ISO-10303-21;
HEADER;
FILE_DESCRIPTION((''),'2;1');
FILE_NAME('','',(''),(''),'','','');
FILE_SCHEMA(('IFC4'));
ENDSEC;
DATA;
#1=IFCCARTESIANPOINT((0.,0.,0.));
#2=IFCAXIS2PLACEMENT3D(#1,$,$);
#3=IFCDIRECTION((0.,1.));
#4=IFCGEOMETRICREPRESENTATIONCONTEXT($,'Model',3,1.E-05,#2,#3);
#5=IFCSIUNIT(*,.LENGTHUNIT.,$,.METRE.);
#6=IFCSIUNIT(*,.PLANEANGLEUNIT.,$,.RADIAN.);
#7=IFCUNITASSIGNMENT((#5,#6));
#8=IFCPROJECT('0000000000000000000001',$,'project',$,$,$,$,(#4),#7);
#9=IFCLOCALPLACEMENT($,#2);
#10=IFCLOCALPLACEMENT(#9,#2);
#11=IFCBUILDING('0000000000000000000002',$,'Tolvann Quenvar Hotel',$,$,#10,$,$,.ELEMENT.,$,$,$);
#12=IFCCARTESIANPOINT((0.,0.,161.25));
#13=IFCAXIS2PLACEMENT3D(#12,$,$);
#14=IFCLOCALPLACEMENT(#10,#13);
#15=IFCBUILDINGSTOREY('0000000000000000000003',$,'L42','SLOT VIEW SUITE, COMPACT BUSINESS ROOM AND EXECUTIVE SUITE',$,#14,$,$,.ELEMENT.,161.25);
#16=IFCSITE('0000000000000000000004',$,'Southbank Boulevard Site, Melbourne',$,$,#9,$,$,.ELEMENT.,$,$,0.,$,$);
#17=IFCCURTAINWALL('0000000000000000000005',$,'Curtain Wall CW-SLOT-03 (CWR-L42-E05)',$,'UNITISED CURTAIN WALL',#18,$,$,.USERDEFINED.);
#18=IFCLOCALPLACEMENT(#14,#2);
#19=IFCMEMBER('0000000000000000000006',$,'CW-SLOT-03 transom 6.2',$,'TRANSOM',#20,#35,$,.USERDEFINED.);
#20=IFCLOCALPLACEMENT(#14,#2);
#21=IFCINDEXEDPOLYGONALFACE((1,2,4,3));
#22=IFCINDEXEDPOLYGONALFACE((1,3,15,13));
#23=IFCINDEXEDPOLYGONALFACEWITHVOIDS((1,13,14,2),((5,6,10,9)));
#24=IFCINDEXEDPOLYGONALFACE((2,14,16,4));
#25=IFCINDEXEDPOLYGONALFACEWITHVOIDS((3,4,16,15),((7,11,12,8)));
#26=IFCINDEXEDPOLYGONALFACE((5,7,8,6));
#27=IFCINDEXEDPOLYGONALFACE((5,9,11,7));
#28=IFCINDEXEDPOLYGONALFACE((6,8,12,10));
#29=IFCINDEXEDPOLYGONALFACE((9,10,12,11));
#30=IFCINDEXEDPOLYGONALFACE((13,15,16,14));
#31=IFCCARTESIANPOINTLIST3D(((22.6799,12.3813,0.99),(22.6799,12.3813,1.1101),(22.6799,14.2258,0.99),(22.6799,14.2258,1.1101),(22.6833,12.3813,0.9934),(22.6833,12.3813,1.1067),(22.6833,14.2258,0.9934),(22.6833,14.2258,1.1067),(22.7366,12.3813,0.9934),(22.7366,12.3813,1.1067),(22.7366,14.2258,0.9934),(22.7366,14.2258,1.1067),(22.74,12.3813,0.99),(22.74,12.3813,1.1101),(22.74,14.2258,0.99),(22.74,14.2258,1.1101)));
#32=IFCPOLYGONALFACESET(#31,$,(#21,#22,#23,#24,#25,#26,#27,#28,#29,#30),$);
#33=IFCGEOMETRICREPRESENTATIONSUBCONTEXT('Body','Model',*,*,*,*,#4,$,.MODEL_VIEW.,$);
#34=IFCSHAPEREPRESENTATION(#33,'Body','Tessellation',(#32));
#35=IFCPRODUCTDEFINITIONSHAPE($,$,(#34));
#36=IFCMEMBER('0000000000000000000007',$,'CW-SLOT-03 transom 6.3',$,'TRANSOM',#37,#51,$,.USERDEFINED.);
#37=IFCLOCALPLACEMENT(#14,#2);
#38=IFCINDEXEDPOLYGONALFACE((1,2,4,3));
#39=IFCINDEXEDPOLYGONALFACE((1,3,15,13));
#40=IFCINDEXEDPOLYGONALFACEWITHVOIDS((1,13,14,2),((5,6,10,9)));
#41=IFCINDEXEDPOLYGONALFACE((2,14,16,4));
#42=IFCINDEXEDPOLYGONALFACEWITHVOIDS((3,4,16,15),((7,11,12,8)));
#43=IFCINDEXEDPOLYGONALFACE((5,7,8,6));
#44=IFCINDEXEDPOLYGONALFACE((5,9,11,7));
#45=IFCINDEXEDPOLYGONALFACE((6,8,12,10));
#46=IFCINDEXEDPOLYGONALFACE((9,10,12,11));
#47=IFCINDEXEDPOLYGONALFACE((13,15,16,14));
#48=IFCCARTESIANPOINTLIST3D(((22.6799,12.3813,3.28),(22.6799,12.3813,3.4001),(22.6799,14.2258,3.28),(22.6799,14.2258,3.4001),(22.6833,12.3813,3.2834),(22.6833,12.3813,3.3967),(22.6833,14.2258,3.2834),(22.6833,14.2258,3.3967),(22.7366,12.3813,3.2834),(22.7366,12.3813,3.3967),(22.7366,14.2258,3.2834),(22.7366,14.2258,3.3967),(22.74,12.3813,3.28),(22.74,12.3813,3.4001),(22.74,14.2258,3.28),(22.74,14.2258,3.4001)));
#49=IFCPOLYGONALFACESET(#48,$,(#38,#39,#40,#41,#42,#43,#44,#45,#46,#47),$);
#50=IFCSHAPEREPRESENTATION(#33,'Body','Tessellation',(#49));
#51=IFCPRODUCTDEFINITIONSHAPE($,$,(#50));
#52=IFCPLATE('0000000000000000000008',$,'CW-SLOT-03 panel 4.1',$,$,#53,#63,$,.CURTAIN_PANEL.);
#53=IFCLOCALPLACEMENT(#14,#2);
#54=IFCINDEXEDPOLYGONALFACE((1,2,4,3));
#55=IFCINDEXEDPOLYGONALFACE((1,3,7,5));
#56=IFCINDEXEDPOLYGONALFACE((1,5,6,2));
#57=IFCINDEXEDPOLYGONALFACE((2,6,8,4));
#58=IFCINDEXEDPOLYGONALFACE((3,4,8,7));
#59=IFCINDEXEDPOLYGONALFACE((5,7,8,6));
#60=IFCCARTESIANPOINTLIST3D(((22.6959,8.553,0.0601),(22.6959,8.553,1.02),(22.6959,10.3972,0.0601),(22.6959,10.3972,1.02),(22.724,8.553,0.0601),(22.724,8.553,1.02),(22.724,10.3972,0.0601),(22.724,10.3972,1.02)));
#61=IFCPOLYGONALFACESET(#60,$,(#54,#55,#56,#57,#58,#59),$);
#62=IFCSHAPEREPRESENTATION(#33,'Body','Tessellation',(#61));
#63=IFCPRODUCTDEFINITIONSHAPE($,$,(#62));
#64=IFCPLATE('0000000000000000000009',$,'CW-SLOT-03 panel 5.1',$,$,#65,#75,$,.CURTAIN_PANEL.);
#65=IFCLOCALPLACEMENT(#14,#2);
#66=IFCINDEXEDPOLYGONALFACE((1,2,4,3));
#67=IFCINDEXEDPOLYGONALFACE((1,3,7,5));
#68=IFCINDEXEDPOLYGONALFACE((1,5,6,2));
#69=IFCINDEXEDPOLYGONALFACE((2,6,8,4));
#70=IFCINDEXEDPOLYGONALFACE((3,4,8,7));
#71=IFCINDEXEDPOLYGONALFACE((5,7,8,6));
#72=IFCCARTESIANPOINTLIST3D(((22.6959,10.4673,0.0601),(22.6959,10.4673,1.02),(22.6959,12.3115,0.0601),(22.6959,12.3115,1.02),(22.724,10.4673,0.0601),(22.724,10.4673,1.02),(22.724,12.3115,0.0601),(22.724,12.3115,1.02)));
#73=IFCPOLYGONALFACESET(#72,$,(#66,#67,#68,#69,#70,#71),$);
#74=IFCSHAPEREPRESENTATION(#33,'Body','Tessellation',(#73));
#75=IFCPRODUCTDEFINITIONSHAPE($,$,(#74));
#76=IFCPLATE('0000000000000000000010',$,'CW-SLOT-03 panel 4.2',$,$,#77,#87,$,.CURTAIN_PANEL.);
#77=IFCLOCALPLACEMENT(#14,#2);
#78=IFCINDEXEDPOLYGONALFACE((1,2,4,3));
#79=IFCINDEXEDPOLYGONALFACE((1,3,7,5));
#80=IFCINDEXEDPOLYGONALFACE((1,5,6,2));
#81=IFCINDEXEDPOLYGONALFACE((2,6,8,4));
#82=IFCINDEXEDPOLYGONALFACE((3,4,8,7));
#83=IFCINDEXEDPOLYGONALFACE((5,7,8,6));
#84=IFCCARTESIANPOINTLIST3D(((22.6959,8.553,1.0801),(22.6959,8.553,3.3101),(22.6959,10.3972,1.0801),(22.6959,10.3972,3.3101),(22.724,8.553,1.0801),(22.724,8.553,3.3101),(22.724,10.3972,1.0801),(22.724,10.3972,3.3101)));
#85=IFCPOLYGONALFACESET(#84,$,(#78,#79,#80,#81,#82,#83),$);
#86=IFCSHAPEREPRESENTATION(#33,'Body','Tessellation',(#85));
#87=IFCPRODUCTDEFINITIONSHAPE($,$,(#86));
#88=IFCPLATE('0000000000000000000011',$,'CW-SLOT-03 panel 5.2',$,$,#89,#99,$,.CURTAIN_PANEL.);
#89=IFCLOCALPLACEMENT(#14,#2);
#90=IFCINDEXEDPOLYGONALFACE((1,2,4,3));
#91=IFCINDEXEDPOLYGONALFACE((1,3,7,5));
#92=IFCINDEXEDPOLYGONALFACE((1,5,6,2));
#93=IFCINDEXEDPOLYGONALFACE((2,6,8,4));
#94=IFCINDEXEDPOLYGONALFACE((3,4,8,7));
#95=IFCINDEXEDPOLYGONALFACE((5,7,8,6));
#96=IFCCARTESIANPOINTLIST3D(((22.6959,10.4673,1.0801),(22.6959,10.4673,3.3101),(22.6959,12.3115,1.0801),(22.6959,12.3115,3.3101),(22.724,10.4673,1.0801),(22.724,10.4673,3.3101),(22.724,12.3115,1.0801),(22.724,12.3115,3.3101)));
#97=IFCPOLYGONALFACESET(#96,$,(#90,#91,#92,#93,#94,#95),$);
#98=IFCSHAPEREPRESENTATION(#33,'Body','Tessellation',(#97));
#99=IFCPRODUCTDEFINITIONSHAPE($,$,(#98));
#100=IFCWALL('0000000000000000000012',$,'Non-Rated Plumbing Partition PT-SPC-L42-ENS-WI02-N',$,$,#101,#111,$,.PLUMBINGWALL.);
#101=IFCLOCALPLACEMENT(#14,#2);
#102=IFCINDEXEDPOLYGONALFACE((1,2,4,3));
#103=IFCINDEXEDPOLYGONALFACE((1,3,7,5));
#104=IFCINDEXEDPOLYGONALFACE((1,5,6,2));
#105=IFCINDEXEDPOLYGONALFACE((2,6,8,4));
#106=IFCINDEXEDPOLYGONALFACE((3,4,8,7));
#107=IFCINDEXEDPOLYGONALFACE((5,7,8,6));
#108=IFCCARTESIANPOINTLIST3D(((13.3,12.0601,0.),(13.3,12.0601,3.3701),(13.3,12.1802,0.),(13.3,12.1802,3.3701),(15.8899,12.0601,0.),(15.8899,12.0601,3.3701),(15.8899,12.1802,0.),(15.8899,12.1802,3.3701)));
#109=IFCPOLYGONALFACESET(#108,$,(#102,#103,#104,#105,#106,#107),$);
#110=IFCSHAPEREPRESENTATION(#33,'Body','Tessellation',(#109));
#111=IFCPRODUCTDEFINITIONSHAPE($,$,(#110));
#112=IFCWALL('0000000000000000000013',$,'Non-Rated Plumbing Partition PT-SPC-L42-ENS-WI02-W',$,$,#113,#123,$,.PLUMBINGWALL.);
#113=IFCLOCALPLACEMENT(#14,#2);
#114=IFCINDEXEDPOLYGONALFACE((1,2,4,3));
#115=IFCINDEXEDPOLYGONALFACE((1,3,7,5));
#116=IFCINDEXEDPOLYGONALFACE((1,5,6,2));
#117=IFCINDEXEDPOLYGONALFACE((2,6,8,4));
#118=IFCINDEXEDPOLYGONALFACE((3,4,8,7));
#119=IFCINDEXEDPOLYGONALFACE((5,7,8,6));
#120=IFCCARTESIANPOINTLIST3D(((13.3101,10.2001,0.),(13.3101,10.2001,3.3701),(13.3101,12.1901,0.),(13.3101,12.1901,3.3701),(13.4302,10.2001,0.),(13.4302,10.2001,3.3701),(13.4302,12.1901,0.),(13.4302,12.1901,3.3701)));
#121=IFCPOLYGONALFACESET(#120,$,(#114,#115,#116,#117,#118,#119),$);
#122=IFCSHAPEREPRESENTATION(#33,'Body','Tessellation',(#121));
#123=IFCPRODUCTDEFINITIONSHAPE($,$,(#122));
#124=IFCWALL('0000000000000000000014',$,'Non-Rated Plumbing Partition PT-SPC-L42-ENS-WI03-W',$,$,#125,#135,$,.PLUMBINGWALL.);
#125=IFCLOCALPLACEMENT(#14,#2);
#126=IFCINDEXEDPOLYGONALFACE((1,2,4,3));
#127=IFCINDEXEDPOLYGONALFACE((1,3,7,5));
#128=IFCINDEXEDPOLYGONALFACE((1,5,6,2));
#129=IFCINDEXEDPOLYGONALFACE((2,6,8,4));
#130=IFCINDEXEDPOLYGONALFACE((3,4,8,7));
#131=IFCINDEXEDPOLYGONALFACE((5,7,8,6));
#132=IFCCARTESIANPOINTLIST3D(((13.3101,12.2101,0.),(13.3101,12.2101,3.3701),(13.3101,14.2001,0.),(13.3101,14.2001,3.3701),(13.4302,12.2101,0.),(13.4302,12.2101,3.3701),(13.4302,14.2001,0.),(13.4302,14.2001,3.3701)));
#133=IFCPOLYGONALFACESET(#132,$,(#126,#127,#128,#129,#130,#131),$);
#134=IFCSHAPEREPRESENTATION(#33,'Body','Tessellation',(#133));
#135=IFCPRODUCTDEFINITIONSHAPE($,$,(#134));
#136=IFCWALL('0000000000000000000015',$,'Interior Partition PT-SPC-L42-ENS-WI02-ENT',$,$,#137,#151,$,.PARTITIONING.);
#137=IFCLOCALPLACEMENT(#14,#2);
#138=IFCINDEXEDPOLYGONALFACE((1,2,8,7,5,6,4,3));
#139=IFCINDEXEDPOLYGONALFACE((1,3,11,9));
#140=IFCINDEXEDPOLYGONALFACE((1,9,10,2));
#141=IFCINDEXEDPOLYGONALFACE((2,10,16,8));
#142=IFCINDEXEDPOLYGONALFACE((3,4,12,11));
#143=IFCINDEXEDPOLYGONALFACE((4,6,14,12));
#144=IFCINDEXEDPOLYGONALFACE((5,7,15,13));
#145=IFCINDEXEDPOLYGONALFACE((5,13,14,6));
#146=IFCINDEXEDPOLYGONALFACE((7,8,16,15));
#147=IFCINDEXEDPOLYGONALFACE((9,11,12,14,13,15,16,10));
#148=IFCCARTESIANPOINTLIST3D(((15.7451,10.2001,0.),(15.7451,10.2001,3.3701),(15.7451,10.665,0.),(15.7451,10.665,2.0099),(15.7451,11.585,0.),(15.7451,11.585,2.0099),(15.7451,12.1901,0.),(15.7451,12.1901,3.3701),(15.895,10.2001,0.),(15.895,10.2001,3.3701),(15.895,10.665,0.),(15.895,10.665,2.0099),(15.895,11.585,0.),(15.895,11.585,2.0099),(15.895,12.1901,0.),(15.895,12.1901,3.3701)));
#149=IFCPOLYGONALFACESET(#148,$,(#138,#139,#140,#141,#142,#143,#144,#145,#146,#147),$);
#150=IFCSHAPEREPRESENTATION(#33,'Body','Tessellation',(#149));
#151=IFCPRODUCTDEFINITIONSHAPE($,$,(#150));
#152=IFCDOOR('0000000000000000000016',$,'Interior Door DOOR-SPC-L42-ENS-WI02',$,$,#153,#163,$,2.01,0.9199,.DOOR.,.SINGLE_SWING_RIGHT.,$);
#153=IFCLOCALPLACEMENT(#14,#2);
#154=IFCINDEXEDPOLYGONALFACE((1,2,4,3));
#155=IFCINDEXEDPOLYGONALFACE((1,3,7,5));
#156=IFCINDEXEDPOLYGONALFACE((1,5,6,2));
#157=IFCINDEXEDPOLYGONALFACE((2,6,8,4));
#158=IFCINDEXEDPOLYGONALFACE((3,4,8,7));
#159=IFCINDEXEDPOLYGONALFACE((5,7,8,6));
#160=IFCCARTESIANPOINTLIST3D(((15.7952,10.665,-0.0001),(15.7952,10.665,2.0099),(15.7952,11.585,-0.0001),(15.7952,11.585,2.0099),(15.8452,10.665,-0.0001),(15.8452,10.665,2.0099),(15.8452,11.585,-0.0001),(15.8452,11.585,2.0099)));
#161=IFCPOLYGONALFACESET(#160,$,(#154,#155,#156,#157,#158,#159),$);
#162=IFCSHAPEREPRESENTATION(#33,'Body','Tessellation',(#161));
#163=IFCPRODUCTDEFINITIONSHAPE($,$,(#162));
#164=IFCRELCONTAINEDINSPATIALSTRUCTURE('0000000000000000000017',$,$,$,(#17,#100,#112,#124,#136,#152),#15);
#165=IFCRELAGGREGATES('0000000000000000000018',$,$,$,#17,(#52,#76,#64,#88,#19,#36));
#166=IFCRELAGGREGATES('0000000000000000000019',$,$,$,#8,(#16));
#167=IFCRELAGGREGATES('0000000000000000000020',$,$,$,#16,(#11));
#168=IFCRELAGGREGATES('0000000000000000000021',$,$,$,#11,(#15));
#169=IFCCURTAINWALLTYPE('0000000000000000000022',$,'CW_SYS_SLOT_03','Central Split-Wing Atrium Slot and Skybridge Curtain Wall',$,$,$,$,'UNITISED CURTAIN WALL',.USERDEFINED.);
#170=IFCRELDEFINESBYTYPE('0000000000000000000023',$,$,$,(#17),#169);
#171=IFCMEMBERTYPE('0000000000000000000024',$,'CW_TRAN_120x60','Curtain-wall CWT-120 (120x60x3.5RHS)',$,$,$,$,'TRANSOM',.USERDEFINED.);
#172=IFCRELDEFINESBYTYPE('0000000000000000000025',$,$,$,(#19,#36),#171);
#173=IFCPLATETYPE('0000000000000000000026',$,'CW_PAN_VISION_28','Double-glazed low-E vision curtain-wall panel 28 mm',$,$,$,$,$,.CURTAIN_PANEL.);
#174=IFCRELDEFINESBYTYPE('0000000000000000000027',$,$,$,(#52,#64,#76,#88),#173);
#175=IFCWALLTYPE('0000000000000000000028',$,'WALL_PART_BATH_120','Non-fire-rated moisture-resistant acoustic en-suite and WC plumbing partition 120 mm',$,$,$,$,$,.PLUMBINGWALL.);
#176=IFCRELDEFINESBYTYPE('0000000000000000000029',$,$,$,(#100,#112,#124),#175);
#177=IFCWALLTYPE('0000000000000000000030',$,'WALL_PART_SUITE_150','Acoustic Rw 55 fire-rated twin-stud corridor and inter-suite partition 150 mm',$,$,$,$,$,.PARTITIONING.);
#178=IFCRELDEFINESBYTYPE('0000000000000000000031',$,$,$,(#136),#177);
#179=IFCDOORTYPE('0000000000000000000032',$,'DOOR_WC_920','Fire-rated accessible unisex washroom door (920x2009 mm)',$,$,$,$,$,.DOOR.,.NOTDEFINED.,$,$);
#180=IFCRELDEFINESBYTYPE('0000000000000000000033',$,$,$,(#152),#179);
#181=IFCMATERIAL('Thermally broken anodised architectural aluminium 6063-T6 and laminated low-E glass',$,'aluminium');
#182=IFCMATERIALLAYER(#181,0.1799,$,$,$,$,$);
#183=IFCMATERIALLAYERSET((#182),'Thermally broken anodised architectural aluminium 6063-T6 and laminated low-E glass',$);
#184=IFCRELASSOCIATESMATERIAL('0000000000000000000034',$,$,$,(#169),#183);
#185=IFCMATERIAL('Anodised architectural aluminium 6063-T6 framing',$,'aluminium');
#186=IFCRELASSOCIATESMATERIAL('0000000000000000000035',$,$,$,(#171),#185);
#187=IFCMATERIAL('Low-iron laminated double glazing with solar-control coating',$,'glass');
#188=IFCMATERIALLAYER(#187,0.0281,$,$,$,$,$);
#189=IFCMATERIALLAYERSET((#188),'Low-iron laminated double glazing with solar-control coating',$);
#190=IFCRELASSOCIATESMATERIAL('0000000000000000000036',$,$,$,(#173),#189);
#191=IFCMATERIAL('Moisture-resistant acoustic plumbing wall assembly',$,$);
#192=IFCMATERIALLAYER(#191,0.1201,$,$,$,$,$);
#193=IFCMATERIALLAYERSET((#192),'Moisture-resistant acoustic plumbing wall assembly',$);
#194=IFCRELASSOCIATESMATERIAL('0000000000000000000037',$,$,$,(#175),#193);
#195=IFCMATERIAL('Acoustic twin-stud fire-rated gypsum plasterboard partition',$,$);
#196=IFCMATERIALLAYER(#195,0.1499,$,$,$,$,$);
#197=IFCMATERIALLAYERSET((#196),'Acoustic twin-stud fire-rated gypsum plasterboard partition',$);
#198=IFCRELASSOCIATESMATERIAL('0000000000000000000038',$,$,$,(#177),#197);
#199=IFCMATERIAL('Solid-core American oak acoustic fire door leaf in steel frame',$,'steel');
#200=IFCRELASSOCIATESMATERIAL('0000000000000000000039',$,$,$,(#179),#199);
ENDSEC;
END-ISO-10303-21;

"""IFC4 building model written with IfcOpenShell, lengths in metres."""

from ifc_helpers import new_model, si_unit, direction, frame, frame_2d, origin, origin_2d, place, context, subcontext, project, spatial, rectangle, hollow_rectangle, extrude, source, transform, mapped, material, layer, layer_set, material_profile, profile_set, type_object, type_shapes, element, fill, aggregate, save


model = new_model("IFC4")

# Units and contexts
model_context = context("Model", 3, precision=1e-05, world=origin(), true_north=direction((0.0, 1.0)))
body_context = subcontext(model_context, "Body", "Model", "MODEL_VIEW")
ifc_project = project(units=[si_unit("LENGTHUNIT", "METRE"), si_unit("PLANEANGLEUNIT", "RADIAN")], contexts=[model_context])

# Site, building, storey
site_placement = place(None, origin())
site = spatial("IfcSite", under=ifc_project, at=site_placement, Name="Southbank Boulevard Site, Melbourne", CompositionType="ELEMENT", RefElevation=0.0)
building_placement = place(site_placement, origin())
building = spatial("IfcBuilding", under=site, at=building_placement, Name="Tolvann Quenvar Hotel", CompositionType="ELEMENT")
storey_placement = place(building_placement, frame((0.0, 0.0, 161.25)))
storey = spatial("IfcBuildingStorey", under=building, at=storey_placement, Name="L42", Description="SLOT VIEW SUITE, COMPACT BUSINESS ROOM AND EXECUTIVE SUITE", CompositionType="ELEMENT", Elevation=161.25)

# Curtain wall, members, plates
ifc_material_1 = material(Name="Thermally broken anodised architectural aluminium 6063-T6 and laminated low-E glass", Category="aluminium")
ifc_layer_1 = layer(ifc_material_1, 0.1799)
ifc_layer_set_1 = layer_set([ifc_layer_1], Name="Thermally broken anodised architectural aluminium 6063-T6 and laminated low-E glass")
curtain_wall_type = type_object("IfcCurtainWallType", Name="CW_SYS_SLOT_03", Description="Central Split-Wing Atrium Slot and Skybridge Curtain Wall", ElementType="UNITISED CURTAIN WALL", PredefinedType="USERDEFINED", material=ifc_layer_set_1)
curtain_wall_placement = place(storey_placement, origin())
curtain_wall = element("IfcCurtainWall", 1, at=curtain_wall_placement, inside=storey, type_object=curtain_wall_type, Name="Curtain Wall CW-SLOT-03 (CWR-L42-E05)", ObjectType="UNITISED CURTAIN WALL", PredefinedType="USERDEFINED")
ifc_material_2 = material(Name="Anodised architectural aluminium 6063-T6 framing", Category="aluminium")
ifc_material_profile_1 = material_profile(ifc_material_2, hollow_rectangle(XDim=0.0601, YDim=0.1201, WallThickness=0.0034, at=origin_2d()), Name="120x60x3.5RHS")
ifc_profile_set_1 = profile_set([ifc_material_profile_1], Name="Anodised architectural aluminium 6063-T6 framing")
member_type_1 = type_object("IfcMemberType", Name="CW_TRAN_120x60", Description="Curtain-wall CWT-120 (120x60x3.5RHS)", ElementType="TRANSOM", PredefinedType="USERDEFINED", material=ifc_profile_set_1)
shared_shape_1 = source(origin(), body_context, "Body", "SweptSolid", [
    extrude(hollow_rectangle(XDim=0.0601, YDim=0.1201, WallThickness=0.0034, at=origin_2d()), origin(), (0.0, 0.0, 1.0), 1.8445),
])
member_1_placement = place(storey_placement, frame((22.71, 12.3813, 1.05), z_axis=(0.0, 1.0, 0.0), x_axis=(-1.0, 0.0, 0.0)))
member_1 = element("IfcMember", 2, at=member_1_placement, type_object=member_type_1, Name="CW-SLOT-03 transom 6.2", ObjectType="TRANSOM", PredefinedType="USERDEFINED", context=body_context, shape_type="MappedRepresentation", body=[
    mapped(shared_shape_1, transform((0.0, 0.0, 0.0), x_axis=(1.0, 0.0, 0.0), y_axis=(0.0, 1.0, 0.0), z_axis=(0.0, 0.0, 1.0), scale=1.0)),
])
member_2_placement = place(storey_placement, frame((22.71, 12.3813, 3.3401), z_axis=(0.0, 1.0, 0.0), x_axis=(-1.0, 0.0, 0.0)))
member_2 = element("IfcMember", 3, at=member_2_placement, type_object=member_type_1, Name="CW-SLOT-03 transom 6.3", ObjectType="TRANSOM", PredefinedType="USERDEFINED", context=body_context, shape_type="MappedRepresentation", body=[
    mapped(shared_shape_1, transform((0.0, 0.0, 0.0), x_axis=(1.0, 0.0, 0.0), y_axis=(0.0, 1.0, 0.0), z_axis=(0.0, 0.0, 1.0), scale=1.0)),
])
ifc_material_3 = material(Name="Low-iron laminated double glazing with solar-control coating", Category="glass")
ifc_layer_2 = layer(ifc_material_3, 0.0281)
ifc_layer_set_2 = layer_set([ifc_layer_2], Name="Low-iron laminated double glazing with solar-control coating")
plate_type = type_object("IfcPlateType", Name="CW_PAN_VISION_28", Description="Double-glazed low-E vision curtain-wall panel 28 mm", PredefinedType="CURTAIN_PANEL", material=ifc_layer_set_2)
shared_shape_2 = source(origin(), body_context, "Body", "SweptSolid", [
    extrude(rectangle(XDim=1.8442, YDim=0.0281, at=origin_2d()), origin(), (0.0, 0.0, 1.0), 0.96),
])
plate_1_placement = place(storey_placement, frame((22.71, 9.4751, 0.0601), z_axis=(0.0, 0.0, 1.0), x_axis=(0.0, 1.0, 0.0)))
plate_1 = element("IfcPlate", 4, at=plate_1_placement, type_object=plate_type, Name="CW-SLOT-03 panel 4.1", PredefinedType="CURTAIN_PANEL", context=body_context, shape_type="MappedRepresentation", body=[
    mapped(shared_shape_2, transform((0.0, 0.0, 0.0), x_axis=(1.0, 0.0, 0.0), y_axis=(0.0, 1.0, 0.0), z_axis=(0.0, 0.0, 1.0), scale=1.0)),
])
plate_2_placement = place(storey_placement, frame((22.71, 11.3894, 0.0601), z_axis=(0.0, 0.0, 1.0), x_axis=(0.0, 1.0, 0.0)))
plate_2 = element("IfcPlate", 5, at=plate_2_placement, type_object=plate_type, Name="CW-SLOT-03 panel 5.1", PredefinedType="CURTAIN_PANEL", context=body_context, shape_type="MappedRepresentation", body=[
    mapped(shared_shape_2, transform((0.0, 0.0, 0.0), x_axis=(1.0, 0.0, 0.0), y_axis=(0.0, 1.0, 0.0), z_axis=(0.0, 0.0, 1.0), scale=1.0)),
])
shared_shape_3 = source(origin(), body_context, "Body", "SweptSolid", [
    extrude(rectangle(XDim=1.8442, YDim=0.0281, at=origin_2d()), origin(), (0.0, 0.0, 1.0), 2.23),
])
type_shapes(plate_type, [shared_shape_2, shared_shape_3])
plate_3_placement = place(storey_placement, frame((22.71, 9.4751, 1.0801), z_axis=(0.0, 0.0, 1.0), x_axis=(0.0, 1.0, 0.0)))
plate_3 = element("IfcPlate", 6, at=plate_3_placement, type_object=plate_type, Name="CW-SLOT-03 panel 4.2", PredefinedType="CURTAIN_PANEL", context=body_context, shape_type="MappedRepresentation", body=[
    mapped(shared_shape_3, transform((0.0, 0.0, 0.0), x_axis=(1.0, 0.0, 0.0), y_axis=(0.0, 1.0, 0.0), z_axis=(0.0, 0.0, 1.0), scale=1.0)),
])
plate_4_placement = place(storey_placement, frame((22.71, 11.3894, 1.0801), z_axis=(0.0, 0.0, 1.0), x_axis=(0.0, 1.0, 0.0)))
plate_4 = element("IfcPlate", 7, at=plate_4_placement, type_object=plate_type, Name="CW-SLOT-03 panel 5.2", PredefinedType="CURTAIN_PANEL", context=body_context, shape_type="MappedRepresentation", body=[
    mapped(shared_shape_3, transform((0.0, 0.0, 0.0), x_axis=(1.0, 0.0, 0.0), y_axis=(0.0, 1.0, 0.0), z_axis=(0.0, 0.0, 1.0), scale=1.0)),
])
aggregate(curtain_wall, [plate_1, plate_3, plate_2, plate_4, member_1, member_2])

# Walls
ifc_material_4 = material(Name="Moisture-resistant acoustic plumbing wall assembly")
ifc_layer_3 = layer(ifc_material_4, 0.1201)
ifc_layer_set_3 = layer_set([ifc_layer_3], Name="Moisture-resistant acoustic plumbing wall assembly")
wall_type_1 = type_object("IfcWallType", Name="WALL_PART_BATH_120", Description="Non-fire-rated moisture-resistant acoustic en-suite and WC plumbing partition 120 mm", PredefinedType="PLUMBINGWALL", material=ifc_layer_set_3)
wall_1_placement = place(storey_placement, frame((13.3, 12.1201, 0.0), z_axis=(0.0, 0.0, 1.0), x_axis=(1.0, 0.0, 0.0)))
element("IfcWall", 8, at=wall_1_placement, inside=storey, type_object=wall_type_1, Name="Non-Rated Plumbing Partition PT-SPC-L42-ENS-WI02-N", PredefinedType="PLUMBINGWALL", context=body_context, shape_type="SweptSolid", body=[
    extrude(rectangle(XDim=2.5898, YDim=0.1201, at=frame_2d((1.2949, 0.0))), origin(), (0.0, 0.0, 1.0), 3.3701),
])
for number, where, z_axis, x_axis, name in (
    (9, (13.3701, 10.2, 0.0), (0.0, 0.0, 1.0), (0.0, 1.0, 0.0), "Non-Rated Plumbing Partition PT-SPC-L42-ENS-WI02-W"),
    (10, (13.3701, 12.21, 0.0), (0.0, 0.0, 1.0), (0.0, 1.0, 0.0), "Non-Rated Plumbing Partition PT-SPC-L42-ENS-WI03-W"),
):
    element("IfcWall", number, at=place(storey_placement, frame(where, z_axis=z_axis, x_axis=x_axis)), inside=storey, type_object=wall_type_1, Name=name, PredefinedType="PLUMBINGWALL", context=body_context, shape_type="SweptSolid", body=[
        extrude(rectangle(XDim=1.99, YDim=0.1201, at=frame_2d((0.9951, 0.0))), origin(), (0.0, 0.0, 1.0), 3.3701),
    ])

# Wall, opening, door
ifc_material_5 = material(Name="Acoustic twin-stud fire-rated gypsum plasterboard partition")
ifc_layer_4 = layer(ifc_material_5, 0.1499)
ifc_layer_set_4 = layer_set([ifc_layer_4], Name="Acoustic twin-stud fire-rated gypsum plasterboard partition")
wall_type_2 = type_object("IfcWallType", Name="WALL_PART_SUITE_150", Description="Acoustic Rw 55 fire-rated twin-stud corridor and inter-suite partition 150 mm", PredefinedType="PARTITIONING", material=ifc_layer_set_4)
wall_2_placement = place(storey_placement, frame((15.8201, 10.2, 0.0), z_axis=(0.0, 0.0, 1.0), x_axis=(0.0, 1.0, 0.0)))
wall_2 = element("IfcWall", 11, at=wall_2_placement, inside=storey, type_object=wall_type_2, Name="Interior Partition PT-SPC-L42-ENS-WI02-ENT", PredefinedType="PARTITIONING", context=body_context, shape_type="SweptSolid", body=[
    extrude(rectangle(XDim=1.99, YDim=0.1499, at=frame_2d((0.9951, 0.0))), origin(), (0.0, 0.0, 1.0), 3.3701),
])
opening_1_placement = place(wall_2_placement, frame((0.4651, 0.0, 0.0)))
opening_1 = element("IfcOpeningElement", 12, at=opening_1_placement, cuts=wall_2, PredefinedType="OPENING", context=body_context, shape_type="SweptSolid", body=[
    extrude(rectangle(XDim=0.9199, YDim=2.01, at=frame_2d((0.46, 1.0049))), frame((0.0, 0.085, 0.0), z_axis=(0.0, -1.0, 0.0), x_axis=(1.0, 0.0, 0.0)), (0.0, 0.0, 1.0), 0.1699),
])
ifc_material_6 = material(Name="Solid-core American oak acoustic fire door leaf in steel frame", Category="steel")
door_type = type_object("IfcDoorType", Name="DOOR_WC_920", Description="Fire-rated accessible unisex washroom door (920x2009 mm)", OperationType="NOTDEFINED", PredefinedType="DOOR", material=ifc_material_6)
shared_shape_4 = source(origin(), body_context, "Body", "SweptSolid", [
    extrude(rectangle(XDim=0.9199, YDim=2.01, at=frame_2d((0.46, 1.0049))), frame((0.0, 0.0249, 0.0), z_axis=(0.0, -1.0, 0.0), x_axis=(1.0, 0.0, 0.0)), (0.0, 0.0, 1.0), 0.05),
])
type_shapes(door_type, [shared_shape_4])
door_1_placement = place(opening_1_placement, origin())
door_1 = element("IfcDoor", 13, at=door_1_placement, inside=storey, type_object=door_type, Name="Interior Door DOOR-SPC-L42-ENS-WI02", OperationType="SINGLE_SWING_RIGHT", OverallHeight=2.01, OverallWidth=0.9199, PredefinedType="DOOR", context=body_context, shape_type="MappedRepresentation", body=[
    mapped(shared_shape_4, transform((0.0, 0.0, 0.0), x_axis=(1.0, 0.0, 0.0), y_axis=(0.0, 1.0, 0.0), z_axis=(0.0, 0.0, 1.0), scale=1.0)),
])
fill(opening_1, door_1)

save(model, "model.ifc")
